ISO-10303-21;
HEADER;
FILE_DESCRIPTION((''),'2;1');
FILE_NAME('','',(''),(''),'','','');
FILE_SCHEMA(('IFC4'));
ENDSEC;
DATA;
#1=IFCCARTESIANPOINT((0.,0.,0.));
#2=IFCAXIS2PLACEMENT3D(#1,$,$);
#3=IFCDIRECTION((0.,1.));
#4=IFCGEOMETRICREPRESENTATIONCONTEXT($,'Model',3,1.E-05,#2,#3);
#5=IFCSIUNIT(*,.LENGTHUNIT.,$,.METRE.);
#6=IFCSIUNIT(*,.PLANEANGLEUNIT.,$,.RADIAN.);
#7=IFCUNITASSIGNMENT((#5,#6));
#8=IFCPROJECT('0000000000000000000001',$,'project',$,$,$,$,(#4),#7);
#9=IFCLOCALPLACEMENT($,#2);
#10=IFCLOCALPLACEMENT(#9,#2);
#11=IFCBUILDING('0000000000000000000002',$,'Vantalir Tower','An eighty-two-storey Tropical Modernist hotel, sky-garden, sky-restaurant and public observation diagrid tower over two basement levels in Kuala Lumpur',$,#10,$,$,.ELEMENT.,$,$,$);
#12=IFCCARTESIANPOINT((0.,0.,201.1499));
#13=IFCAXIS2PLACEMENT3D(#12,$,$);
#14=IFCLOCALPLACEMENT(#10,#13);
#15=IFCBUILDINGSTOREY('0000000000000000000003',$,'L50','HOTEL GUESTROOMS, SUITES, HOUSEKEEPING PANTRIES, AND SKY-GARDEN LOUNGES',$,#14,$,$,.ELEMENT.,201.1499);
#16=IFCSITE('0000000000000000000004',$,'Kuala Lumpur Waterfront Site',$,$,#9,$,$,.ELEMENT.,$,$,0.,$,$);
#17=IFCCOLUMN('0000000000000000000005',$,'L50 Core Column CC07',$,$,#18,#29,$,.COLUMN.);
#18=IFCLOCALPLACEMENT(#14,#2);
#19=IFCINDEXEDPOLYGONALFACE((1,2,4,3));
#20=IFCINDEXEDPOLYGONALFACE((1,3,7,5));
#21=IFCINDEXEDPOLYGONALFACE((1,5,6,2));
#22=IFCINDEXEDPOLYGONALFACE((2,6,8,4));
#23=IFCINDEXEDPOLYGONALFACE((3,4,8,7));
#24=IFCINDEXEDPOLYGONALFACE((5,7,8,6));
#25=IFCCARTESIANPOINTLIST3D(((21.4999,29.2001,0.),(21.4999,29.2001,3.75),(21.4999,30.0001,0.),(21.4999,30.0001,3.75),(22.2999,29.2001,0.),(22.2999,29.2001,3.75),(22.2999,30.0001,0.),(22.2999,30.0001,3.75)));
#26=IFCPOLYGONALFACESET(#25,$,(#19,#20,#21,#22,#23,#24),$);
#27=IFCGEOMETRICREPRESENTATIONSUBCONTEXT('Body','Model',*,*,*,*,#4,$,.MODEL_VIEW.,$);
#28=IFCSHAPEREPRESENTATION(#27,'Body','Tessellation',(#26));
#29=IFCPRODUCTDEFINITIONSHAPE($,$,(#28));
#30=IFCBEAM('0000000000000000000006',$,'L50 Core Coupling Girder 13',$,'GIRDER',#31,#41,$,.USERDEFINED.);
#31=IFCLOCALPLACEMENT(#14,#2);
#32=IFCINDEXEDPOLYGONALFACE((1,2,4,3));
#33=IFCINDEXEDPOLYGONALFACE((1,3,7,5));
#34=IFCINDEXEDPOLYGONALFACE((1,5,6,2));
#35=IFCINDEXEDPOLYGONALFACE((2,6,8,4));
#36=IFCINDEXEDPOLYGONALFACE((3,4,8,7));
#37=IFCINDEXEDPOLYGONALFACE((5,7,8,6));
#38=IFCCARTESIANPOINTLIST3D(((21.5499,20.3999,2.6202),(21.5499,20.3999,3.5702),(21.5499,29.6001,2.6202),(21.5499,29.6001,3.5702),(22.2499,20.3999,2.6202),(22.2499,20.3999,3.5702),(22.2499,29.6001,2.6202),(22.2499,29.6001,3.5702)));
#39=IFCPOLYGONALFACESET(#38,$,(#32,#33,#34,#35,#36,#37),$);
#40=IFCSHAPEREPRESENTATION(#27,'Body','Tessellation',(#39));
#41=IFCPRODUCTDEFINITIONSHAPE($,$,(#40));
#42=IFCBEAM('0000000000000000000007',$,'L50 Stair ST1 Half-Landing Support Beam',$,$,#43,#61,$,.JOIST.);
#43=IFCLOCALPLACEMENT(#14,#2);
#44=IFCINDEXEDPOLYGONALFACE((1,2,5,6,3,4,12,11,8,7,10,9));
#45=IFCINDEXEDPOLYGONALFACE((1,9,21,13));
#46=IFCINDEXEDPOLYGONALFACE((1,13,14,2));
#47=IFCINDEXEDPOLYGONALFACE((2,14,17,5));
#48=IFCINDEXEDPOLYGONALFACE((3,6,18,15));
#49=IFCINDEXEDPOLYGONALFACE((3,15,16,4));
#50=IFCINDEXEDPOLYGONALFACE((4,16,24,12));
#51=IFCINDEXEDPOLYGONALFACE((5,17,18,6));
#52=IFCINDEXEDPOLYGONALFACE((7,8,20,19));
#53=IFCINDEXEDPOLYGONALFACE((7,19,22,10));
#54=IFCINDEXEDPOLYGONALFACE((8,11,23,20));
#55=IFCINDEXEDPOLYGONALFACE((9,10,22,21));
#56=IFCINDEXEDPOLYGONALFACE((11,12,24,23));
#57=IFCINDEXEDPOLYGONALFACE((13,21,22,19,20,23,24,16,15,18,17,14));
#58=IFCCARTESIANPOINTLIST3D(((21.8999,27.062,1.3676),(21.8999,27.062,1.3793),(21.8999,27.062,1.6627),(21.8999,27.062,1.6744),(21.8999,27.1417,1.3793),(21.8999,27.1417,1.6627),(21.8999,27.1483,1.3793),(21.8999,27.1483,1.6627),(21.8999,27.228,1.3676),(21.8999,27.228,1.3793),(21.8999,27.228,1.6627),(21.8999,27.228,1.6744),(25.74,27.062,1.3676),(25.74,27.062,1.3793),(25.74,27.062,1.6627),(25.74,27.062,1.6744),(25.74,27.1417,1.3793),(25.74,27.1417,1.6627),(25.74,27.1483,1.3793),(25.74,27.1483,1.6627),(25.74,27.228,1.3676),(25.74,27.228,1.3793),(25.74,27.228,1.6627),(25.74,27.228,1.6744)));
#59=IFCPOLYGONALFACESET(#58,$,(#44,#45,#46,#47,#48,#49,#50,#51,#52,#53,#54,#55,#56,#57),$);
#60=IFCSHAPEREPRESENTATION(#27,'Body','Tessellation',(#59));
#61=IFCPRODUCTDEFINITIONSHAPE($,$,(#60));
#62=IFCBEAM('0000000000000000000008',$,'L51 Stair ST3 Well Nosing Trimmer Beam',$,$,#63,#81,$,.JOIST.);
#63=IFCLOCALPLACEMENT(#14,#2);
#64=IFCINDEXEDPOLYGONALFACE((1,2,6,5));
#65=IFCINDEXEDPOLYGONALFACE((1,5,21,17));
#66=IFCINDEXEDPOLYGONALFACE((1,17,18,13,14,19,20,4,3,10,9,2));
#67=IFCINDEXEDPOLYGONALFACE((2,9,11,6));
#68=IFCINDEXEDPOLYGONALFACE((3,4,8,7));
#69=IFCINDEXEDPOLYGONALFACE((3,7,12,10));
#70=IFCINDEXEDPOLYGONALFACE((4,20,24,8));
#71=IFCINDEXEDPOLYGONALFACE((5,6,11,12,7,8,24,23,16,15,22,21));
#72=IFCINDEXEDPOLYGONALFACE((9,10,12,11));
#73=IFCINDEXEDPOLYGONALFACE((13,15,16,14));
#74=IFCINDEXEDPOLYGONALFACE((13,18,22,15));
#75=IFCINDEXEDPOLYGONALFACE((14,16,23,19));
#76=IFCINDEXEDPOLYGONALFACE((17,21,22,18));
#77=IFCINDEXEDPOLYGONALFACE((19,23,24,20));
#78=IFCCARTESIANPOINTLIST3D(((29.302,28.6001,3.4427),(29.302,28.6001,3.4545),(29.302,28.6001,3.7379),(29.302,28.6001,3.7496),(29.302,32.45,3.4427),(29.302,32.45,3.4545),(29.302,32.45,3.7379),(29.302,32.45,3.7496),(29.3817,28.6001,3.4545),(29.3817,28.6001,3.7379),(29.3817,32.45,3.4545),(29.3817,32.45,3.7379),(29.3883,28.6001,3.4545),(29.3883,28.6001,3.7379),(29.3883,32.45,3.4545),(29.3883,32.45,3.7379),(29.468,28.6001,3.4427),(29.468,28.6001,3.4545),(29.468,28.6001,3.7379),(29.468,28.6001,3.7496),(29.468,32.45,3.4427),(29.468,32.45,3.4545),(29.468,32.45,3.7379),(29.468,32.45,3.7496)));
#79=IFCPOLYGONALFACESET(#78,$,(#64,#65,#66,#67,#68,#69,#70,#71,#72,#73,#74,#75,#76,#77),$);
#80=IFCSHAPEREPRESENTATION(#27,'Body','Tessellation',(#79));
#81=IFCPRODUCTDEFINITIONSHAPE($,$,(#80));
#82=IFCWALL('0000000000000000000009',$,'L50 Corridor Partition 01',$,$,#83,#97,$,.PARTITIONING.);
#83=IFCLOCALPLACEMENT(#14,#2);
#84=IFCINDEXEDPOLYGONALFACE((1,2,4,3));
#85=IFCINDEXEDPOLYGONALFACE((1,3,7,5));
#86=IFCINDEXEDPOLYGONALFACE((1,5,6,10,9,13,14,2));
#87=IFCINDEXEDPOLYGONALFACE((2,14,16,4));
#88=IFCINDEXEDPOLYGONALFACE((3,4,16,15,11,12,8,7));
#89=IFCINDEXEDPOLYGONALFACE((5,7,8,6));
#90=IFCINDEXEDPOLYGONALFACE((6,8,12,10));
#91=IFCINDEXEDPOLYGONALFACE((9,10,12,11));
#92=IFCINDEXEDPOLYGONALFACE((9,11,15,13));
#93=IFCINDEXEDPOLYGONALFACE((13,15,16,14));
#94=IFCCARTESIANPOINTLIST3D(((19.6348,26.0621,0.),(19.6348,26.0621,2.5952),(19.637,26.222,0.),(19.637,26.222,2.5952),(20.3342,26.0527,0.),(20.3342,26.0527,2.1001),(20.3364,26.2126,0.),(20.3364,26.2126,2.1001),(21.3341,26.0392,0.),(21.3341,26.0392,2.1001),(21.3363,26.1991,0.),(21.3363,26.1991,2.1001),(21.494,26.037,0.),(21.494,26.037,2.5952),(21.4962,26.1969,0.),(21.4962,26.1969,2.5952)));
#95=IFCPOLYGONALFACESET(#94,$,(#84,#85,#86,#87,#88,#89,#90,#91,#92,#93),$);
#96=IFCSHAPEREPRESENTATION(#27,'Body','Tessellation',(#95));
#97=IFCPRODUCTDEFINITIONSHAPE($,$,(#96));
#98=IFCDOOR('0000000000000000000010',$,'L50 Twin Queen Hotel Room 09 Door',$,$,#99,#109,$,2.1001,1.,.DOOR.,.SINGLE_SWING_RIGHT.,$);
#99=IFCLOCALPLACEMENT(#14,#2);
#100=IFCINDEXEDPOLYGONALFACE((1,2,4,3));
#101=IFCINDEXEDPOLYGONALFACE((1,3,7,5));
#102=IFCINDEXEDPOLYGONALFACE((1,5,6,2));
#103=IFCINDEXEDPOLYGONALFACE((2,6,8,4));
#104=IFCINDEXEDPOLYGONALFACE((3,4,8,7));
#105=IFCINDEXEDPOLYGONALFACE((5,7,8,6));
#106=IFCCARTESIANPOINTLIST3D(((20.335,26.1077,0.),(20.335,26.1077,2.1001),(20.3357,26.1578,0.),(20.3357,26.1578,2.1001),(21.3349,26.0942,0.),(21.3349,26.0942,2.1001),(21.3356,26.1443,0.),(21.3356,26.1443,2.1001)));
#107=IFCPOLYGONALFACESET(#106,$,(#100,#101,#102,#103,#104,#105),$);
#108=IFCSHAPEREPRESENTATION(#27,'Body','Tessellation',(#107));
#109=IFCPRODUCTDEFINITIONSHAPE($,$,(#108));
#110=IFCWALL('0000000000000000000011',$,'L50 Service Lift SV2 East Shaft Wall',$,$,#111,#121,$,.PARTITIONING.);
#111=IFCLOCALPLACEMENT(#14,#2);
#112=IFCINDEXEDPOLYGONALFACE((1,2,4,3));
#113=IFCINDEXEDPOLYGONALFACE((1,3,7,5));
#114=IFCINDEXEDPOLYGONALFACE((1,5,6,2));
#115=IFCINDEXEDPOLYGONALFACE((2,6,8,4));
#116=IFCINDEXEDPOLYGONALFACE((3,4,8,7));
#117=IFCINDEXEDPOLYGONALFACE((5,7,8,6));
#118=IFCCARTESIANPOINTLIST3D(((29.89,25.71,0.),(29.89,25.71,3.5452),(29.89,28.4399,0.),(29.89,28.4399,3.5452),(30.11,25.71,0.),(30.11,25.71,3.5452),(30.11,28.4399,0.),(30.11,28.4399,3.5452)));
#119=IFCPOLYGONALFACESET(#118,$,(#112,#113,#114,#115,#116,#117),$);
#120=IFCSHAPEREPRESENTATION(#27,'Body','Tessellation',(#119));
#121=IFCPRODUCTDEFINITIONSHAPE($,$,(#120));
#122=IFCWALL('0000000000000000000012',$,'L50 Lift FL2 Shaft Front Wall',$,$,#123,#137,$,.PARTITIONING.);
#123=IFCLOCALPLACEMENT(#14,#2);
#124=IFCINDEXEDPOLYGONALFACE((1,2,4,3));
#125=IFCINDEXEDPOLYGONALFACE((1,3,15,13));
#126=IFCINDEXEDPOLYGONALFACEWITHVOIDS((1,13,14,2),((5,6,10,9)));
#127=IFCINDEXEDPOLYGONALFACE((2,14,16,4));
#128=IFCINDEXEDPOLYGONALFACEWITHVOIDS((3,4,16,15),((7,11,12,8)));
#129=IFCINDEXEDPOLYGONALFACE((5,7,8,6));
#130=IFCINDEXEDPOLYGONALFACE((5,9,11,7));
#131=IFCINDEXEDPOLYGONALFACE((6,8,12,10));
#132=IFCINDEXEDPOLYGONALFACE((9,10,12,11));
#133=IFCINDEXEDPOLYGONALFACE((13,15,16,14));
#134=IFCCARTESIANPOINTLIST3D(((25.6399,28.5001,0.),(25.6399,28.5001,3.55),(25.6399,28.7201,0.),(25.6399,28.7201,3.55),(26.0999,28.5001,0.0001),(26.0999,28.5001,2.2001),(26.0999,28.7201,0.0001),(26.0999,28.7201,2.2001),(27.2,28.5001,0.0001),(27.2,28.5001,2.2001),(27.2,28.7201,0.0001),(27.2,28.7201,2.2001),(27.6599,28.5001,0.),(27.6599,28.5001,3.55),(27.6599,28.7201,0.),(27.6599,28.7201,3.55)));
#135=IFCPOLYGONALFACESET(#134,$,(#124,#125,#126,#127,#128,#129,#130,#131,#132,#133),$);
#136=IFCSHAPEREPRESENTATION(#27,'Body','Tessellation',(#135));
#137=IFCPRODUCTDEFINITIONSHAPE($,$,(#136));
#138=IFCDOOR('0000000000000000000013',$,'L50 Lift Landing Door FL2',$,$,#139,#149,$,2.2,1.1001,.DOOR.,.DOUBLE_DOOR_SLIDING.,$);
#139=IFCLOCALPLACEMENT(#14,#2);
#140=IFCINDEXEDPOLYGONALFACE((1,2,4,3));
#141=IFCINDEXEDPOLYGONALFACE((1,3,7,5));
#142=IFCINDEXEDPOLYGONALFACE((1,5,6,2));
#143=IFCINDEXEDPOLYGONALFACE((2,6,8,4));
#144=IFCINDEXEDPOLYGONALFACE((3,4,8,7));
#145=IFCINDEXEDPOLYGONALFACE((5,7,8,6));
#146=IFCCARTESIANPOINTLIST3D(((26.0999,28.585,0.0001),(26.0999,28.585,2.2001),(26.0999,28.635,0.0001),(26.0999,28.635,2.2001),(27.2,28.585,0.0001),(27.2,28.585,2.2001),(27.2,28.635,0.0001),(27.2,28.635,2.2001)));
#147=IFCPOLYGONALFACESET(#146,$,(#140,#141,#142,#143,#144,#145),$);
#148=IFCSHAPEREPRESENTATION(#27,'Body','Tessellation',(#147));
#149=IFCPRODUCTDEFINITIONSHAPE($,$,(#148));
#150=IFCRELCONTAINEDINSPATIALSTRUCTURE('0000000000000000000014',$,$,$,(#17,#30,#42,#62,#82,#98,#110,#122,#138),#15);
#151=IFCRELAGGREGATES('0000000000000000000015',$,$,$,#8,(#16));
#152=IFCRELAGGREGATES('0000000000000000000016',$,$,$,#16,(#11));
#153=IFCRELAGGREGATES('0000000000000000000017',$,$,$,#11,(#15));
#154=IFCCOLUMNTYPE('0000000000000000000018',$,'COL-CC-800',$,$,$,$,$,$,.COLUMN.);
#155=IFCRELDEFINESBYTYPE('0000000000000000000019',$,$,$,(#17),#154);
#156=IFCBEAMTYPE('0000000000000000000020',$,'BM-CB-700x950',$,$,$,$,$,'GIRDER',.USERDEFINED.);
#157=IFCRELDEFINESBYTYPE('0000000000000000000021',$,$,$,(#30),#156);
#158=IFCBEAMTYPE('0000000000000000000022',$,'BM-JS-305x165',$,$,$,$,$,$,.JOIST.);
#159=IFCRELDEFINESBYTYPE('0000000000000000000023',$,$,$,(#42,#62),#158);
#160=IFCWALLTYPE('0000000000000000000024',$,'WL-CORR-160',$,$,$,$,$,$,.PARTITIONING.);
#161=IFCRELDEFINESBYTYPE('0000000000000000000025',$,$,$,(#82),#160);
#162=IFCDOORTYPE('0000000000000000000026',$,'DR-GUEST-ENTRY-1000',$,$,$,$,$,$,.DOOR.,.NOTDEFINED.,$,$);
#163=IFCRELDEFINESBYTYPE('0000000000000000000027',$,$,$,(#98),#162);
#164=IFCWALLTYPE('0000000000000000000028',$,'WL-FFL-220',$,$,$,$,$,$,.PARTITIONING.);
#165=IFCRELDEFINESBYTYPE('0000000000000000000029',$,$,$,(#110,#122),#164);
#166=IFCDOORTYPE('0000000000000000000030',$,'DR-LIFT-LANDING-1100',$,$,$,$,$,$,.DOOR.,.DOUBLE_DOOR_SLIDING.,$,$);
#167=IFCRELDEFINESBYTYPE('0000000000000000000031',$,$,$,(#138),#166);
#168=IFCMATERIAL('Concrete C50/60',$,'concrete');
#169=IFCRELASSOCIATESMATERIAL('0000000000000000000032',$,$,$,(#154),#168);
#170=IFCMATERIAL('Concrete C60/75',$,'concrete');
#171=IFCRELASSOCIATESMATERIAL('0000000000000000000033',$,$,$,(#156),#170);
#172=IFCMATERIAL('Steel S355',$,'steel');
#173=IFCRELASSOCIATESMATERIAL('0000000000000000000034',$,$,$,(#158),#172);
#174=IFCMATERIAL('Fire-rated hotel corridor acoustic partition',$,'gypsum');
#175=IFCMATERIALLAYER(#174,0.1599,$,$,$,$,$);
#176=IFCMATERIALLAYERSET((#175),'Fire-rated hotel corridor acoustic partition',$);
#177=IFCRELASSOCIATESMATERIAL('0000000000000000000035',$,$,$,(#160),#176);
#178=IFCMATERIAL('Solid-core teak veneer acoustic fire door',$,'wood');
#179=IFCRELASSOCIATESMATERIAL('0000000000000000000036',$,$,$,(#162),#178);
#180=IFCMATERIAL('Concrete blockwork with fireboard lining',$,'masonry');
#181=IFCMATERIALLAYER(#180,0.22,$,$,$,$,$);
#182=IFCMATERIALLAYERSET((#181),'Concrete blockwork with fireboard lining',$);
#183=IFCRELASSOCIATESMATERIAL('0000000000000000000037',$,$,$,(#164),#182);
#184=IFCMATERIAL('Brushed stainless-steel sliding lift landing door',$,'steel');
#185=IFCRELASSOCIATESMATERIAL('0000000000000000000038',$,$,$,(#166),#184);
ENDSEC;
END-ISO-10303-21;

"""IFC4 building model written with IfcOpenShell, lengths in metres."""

from ifc_helpers import new_model, si_unit, direction, frame, frame_2d, origin, origin_2d, place, context, subcontext, project, spatial, rectangle, i_section, extrude, material, layer, layer_set, material_profile, profile_set, type_object, element, fill, save


model = new_model("IFC4")

# Units and contexts
model_context = context("Model", 3, precision=1e-05, world=origin(), true_north=direction((0.0, 1.0)))
body_context = subcontext(model_context, "Body", "Model", "MODEL_VIEW")
ifc_project = project(units=[si_unit("LENGTHUNIT", "METRE"), si_unit("PLANEANGLEUNIT", "RADIAN")], contexts=[model_context])

# Site, building, storey
site_placement = place(None, origin())
site = spatial("IfcSite", under=ifc_project, at=site_placement, Name="Kuala Lumpur Waterfront Site", CompositionType="ELEMENT", RefElevation=0.0)
building_placement = place(site_placement, origin())
building = spatial("IfcBuilding", under=site, at=building_placement, Name="Vantalir Tower", Description="An eighty-two-storey Tropical Modernist hotel, sky-garden, sky-restaurant and public observation diagrid tower over two basement levels in Kuala Lumpur", CompositionType="ELEMENT")
storey_placement = place(building_placement, frame((0.0, 0.0, 201.1499)))
storey = spatial("IfcBuildingStorey", under=building, at=storey_placement, Name="L50", Description="HOTEL GUESTROOMS, SUITES, HOUSEKEEPING PANTRIES, AND SKY-GARDEN LOUNGES", CompositionType="ELEMENT", Elevation=201.1499)

# Column
ifc_material_1 = material(Name="Concrete C50/60", Category="concrete")
ifc_material_profile_1 = material_profile(ifc_material_1, rectangle(XDim=0.8, YDim=0.8, at=origin_2d()), Name="Concrete C50/60")
ifc_profile_set_1 = profile_set([ifc_material_profile_1], Name="Concrete C50/60")
column_type = type_object("IfcColumnType", Name="COL-CC-800", PredefinedType="COLUMN", material=ifc_profile_set_1)
column_placement = place(storey_placement, frame((21.8999, 29.6001, 0.0), z_axis=(0.0, 0.0, 1.0), x_axis=(1.0, 0.0, 0.0)))
element("IfcColumn", 1, at=column_placement, inside=storey, type_object=column_type, Name="L50 Core Column CC07", PredefinedType="COLUMN", context=body_context, shape_type="SweptSolid", body=[
    extrude(rectangle(XDim=0.8, YDim=0.8, at=origin_2d()), origin(), (0.0, 0.0, 1.0), 3.75),
])

# Beams
ifc_material_2 = material(Name="Concrete C60/75", Category="concrete")
ifc_material_profile_2 = material_profile(ifc_material_2, rectangle(XDim=0.7, YDim=0.95, at=origin_2d()), Name="Concrete C60/75")
ifc_profile_set_2 = profile_set([ifc_material_profile_2], Name="Concrete C60/75")
beam_type_1 = type_object("IfcBeamType", Name="BM-CB-700x950", ElementType="GIRDER", PredefinedType="USERDEFINED", material=ifc_profile_set_2)
beam_1_placement = place(storey_placement, frame((21.8999, 29.6001, 3.0952), z_axis=(0.0, -1.0, 0.0), x_axis=(1.0, 0.0, 0.0)))
element("IfcBeam", 2, at=beam_1_placement, inside=storey, type_object=beam_type_1, Name="L50 Core Coupling Girder 13", ObjectType="GIRDER", PredefinedType="USERDEFINED", context=body_context, shape_type="SweptSolid", body=[
    extrude(rectangle(XDim=0.7, YDim=0.95, at=origin_2d()), origin(), (0.0, 0.0, 1.0), 9.2002),
])
ifc_material_3 = material(Name="Steel S355", Category="steel")
ifc_material_profile_3 = material_profile(ifc_material_3, i_section(OverallWidth=0.166, OverallDepth=0.3069, WebThickness=0.0066, FlangeThickness=0.0117, at=origin_2d()), Name="Steel S355")
ifc_profile_set_3 = profile_set([ifc_material_profile_3], Name="Steel S355")
beam_type_2 = type_object("IfcBeamType", Name="BM-JS-305x165", PredefinedType="JOIST", material=ifc_profile_set_3)
beam_2_placement = place(storey_placement, frame((21.8999, 27.145, 1.521), z_axis=(1.0, 0.0, 0.0), x_axis=(0.0, 1.0, 0.0)))
element("IfcBeam", 3, at=beam_2_placement, inside=storey, type_object=beam_type_2, Name="L50 Stair ST1 Half-Landing Support Beam", PredefinedType="JOIST", context=body_context, shape_type="SweptSolid", body=[
    extrude(i_section(OverallWidth=0.166, OverallDepth=0.3069, WebThickness=0.0066, FlangeThickness=0.0117, at=origin_2d()), origin(), (0.0, 0.0, 1.0), 3.8401),
])
beam_3_placement = place(storey_placement, frame((29.385, 28.6001, 3.5962), z_axis=(0.0, 1.0, 0.0), x_axis=(-1.0, 0.0, 0.0)))
element("IfcBeam", 4, at=beam_3_placement, inside=storey, type_object=beam_type_2, Name="L51 Stair ST3 Well Nosing Trimmer Beam", PredefinedType="JOIST", context=body_context, shape_type="SweptSolid", body=[
    extrude(i_section(OverallWidth=0.166, OverallDepth=0.3069, WebThickness=0.0066, FlangeThickness=0.0117, at=origin_2d()), origin(), (0.0, 0.0, 1.0), 3.8499),
])

# Wall, opening, door
ifc_material_4 = material(Name="Fire-rated hotel corridor acoustic partition", Category="gypsum")
ifc_layer_1 = layer(ifc_material_4, 0.1599)
ifc_layer_set_1 = layer_set([ifc_layer_1], Name="Fire-rated hotel corridor acoustic partition")
wall_type_1 = type_object("IfcWallType", Name="WL-CORR-160", PredefinedType="PARTITIONING", material=ifc_layer_set_1)
wall_1_placement = place(storey_placement, frame((21.4951, 26.1169, 0.0), z_axis=(0.0, 0.0, 1.0), x_axis=(-0.999909, 0.013525, 0.0)))
wall_1 = element("IfcWall", 5, at=wall_1_placement, inside=storey, type_object=wall_type_1, Name="L50 Corridor Partition 01", PredefinedType="PARTITIONING", context=body_context, shape_type="SweptSolid", body=[
    extrude(rectangle(XDim=1.8594, YDim=0.1599, at=frame_2d((0.9297, 0.0))), origin(), (0.0, 0.0, 1.0), 2.5952),
])
opening_1_placement = place(wall_1_placement, frame((0.1599, 0.0, 0.0)))
opening_1 = element("IfcOpeningElement", 6, at=opening_1_placement, cuts=wall_1, PredefinedType="OPENING", context=body_context, shape_type="SweptSolid", body=[
    extrude(rectangle(XDim=1.0, YDim=2.1001, at=frame_2d((0.5, 1.05))), frame((0.0, 0.0898, 0.0), z_axis=(0.0, -1.0, 0.0), x_axis=(1.0, 0.0, 0.0)), (0.0, 0.0, 1.0), 0.1799),
])
ifc_material_5 = material(Name="Solid-core teak veneer acoustic fire door", Category="wood")
door_type_1 = type_object("IfcDoorType", Name="DR-GUEST-ENTRY-1000", OperationType="NOTDEFINED", PredefinedType="DOOR", material=ifc_material_5)
door_1_placement = place(opening_1_placement, origin())
door_1 = element("IfcDoor", 7, at=door_1_placement, inside=storey, type_object=door_type_1, Name="L50 Twin Queen Hotel Room 09 Door", OperationType="SINGLE_SWING_RIGHT", OverallHeight=2.1001, OverallWidth=1.0, PredefinedType="DOOR", context=body_context, shape_type="SweptSolid", body=[
    extrude(rectangle(XDim=1.0, YDim=2.1001, at=frame_2d((0.5, 1.05))), frame((0.0, 0.0249, 0.0), z_axis=(0.0, -1.0, 0.0), x_axis=(1.0, 0.0, 0.0)), (0.0, 0.0, 1.0), 0.05),
])
fill(opening_1, door_1)

# Wall
ifc_material_6 = material(Name="Concrete blockwork with fireboard lining", Category="masonry")
ifc_layer_2 = layer(ifc_material_6, 0.22)
ifc_layer_set_2 = layer_set([ifc_layer_2], Name="Concrete blockwork with fireboard lining")
wall_type_2 = type_object("IfcWallType", Name="WL-FFL-220", PredefinedType="PARTITIONING", material=ifc_layer_set_2)
wall_2_placement = place(storey_placement, frame((30.0, 25.71, 0.0), z_axis=(0.0, 0.0, 1.0), x_axis=(0.0, 1.0, 0.0)))
element("IfcWall", 8, at=wall_2_placement, inside=storey, type_object=wall_type_2, Name="L50 Service Lift SV2 East Shaft Wall", PredefinedType="PARTITIONING", context=body_context, shape_type="SweptSolid", body=[
    extrude(rectangle(XDim=2.73, YDim=0.22, at=frame_2d((1.365, 0.0))), origin(), (0.0, 0.0, 1.0), 3.5452),
])

# Wall, opening, door
wall_3_placement = place(storey_placement, frame((25.6399, 28.6101, 0.0), z_axis=(0.0, 0.0, 1.0), x_axis=(1.0, 0.0, 0.0)))
wall_3 = element("IfcWall", 9, at=wall_3_placement, inside=storey, type_object=wall_type_2, Name="L50 Lift FL2 Shaft Front Wall", PredefinedType="PARTITIONING", context=body_context, shape_type="SweptSolid", body=[
    extrude(rectangle(XDim=2.02, YDim=0.22, at=frame_2d((1.01, 0.0))), origin(), (0.0, 0.0, 1.0), 3.55),
])
opening_2_placement = place(wall_3_placement, frame((0.46, 0.0, 0.0)))
opening_2 = element("IfcOpeningElement", 10, at=opening_2_placement, cuts=wall_3, PredefinedType="OPENING", context=body_context, shape_type="SweptSolid", body=[
    extrude(rectangle(XDim=1.1001, YDim=2.2, at=frame_2d((0.55, 1.1001))), frame((0.0, 0.1199, 0.0), z_axis=(0.0, -1.0, 0.0), x_axis=(1.0, 0.0, 0.0)), (0.0, 0.0, 1.0), 0.24),
])
ifc_material_7 = material(Name="Brushed stainless-steel sliding lift landing door", Category="steel")
door_type_2 = type_object("IfcDoorType", Name="DR-LIFT-LANDING-1100", OperationType="DOUBLE_DOOR_SLIDING", PredefinedType="DOOR", material=ifc_material_7)
door_2_placement = place(opening_2_placement, origin())
door_2 = element("IfcDoor", 11, at=door_2_placement, inside=storey, type_object=door_type_2, Name="L50 Lift Landing Door FL2", OperationType="DOUBLE_DOOR_SLIDING", OverallHeight=2.2, OverallWidth=1.1001, PredefinedType="DOOR", context=body_context, shape_type="SweptSolid", body=[
    extrude(rectangle(XDim=1.1001, YDim=2.2, at=frame_2d((0.55, 1.1001))), frame((0.0, 0.0249, 0.0), z_axis=(0.0, -1.0, 0.0), x_axis=(1.0, 0.0, 0.0)), (0.0, 0.0, 1.0), 0.05),
])
fill(opening_2, door_2)

save(model, "model.ifc")
